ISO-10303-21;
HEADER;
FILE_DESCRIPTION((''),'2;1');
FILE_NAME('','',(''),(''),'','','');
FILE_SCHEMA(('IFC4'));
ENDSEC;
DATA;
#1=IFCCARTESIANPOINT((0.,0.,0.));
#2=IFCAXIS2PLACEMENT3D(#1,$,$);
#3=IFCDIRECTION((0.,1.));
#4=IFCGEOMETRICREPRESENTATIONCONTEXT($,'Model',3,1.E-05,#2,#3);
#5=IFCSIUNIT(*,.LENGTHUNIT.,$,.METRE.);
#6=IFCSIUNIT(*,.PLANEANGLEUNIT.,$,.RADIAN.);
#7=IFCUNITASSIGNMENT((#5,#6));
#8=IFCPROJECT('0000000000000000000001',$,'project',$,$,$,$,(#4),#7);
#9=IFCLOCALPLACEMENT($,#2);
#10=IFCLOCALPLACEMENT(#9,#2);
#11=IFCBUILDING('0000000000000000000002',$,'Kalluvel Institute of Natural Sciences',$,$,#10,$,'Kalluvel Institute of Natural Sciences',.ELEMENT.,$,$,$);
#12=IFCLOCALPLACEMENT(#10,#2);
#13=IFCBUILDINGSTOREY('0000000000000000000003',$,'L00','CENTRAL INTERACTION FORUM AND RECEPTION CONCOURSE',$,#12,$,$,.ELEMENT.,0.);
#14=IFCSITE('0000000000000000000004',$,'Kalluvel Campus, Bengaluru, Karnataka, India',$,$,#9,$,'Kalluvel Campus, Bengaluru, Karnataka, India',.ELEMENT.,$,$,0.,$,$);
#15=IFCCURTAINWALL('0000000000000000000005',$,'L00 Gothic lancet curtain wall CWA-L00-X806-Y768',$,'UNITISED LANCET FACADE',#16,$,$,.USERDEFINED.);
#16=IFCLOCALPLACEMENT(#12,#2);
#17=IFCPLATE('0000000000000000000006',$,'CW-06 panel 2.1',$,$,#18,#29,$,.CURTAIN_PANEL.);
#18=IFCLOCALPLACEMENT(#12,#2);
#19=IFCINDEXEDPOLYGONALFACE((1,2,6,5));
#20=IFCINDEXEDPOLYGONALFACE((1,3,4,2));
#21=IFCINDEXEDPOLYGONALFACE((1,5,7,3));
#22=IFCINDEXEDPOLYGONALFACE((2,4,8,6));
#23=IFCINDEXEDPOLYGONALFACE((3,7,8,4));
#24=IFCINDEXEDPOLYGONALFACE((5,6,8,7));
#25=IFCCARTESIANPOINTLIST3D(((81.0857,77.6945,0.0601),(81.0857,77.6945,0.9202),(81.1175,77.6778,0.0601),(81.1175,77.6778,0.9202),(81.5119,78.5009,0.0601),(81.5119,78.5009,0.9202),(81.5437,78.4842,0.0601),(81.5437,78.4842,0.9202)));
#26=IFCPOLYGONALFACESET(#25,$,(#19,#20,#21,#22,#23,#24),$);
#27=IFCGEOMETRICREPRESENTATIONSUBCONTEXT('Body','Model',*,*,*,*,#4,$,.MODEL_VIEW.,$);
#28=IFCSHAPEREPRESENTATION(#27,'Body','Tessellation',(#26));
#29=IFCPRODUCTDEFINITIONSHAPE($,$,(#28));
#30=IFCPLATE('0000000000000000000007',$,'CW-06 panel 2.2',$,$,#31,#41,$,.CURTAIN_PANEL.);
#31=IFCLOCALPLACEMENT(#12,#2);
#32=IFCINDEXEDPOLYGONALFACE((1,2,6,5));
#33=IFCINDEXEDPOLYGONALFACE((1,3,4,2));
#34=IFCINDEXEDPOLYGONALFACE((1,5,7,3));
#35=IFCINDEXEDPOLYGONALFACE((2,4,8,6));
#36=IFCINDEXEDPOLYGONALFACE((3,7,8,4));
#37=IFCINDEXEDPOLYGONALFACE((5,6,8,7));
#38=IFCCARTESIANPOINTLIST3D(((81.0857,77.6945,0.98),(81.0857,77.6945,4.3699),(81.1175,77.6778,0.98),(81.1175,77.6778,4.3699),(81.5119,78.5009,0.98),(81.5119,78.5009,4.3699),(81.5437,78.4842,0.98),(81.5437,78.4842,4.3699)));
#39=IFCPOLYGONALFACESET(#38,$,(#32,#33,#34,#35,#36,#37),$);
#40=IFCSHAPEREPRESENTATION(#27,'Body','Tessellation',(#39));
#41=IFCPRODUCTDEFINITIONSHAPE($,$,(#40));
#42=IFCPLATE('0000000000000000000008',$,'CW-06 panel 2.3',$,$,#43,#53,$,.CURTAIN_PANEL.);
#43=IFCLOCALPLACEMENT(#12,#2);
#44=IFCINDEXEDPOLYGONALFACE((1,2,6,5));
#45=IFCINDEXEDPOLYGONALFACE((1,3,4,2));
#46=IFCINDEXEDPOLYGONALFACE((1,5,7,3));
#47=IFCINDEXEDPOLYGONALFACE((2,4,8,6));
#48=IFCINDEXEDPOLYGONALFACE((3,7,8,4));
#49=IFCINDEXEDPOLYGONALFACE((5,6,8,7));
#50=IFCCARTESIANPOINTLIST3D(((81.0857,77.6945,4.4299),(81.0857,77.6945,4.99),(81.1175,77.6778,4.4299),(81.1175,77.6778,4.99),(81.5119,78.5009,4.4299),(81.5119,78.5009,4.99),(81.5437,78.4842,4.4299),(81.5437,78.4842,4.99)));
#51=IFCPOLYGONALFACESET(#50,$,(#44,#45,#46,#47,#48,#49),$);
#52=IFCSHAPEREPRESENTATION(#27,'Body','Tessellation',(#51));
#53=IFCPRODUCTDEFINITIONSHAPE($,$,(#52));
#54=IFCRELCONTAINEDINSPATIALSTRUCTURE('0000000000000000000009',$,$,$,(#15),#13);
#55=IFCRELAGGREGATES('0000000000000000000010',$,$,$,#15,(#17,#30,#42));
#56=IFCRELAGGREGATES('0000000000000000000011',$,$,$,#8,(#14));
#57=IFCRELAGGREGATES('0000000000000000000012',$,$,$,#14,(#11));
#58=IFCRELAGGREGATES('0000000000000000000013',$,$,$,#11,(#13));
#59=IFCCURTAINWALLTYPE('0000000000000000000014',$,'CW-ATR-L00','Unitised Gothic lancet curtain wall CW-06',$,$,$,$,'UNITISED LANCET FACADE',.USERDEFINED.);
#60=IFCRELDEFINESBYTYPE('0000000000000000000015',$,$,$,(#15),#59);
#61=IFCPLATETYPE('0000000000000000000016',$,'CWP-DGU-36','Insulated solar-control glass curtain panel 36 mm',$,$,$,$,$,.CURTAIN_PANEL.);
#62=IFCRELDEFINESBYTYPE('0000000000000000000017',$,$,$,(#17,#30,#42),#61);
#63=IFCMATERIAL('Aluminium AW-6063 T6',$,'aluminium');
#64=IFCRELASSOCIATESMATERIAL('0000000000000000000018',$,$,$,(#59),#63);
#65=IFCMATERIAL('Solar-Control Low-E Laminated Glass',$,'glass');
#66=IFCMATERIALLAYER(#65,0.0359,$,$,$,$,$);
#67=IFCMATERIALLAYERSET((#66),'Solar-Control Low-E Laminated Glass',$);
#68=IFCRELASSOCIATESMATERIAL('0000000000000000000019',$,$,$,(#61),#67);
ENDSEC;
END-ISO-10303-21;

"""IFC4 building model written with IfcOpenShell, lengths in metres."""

from ifc_helpers import new_model, si_unit, direction, frame, origin, origin_2d, place, context, subcontext, project, spatial, rectangle, extrude, material, layer, layer_set, type_object, element, aggregate, save


model = new_model("IFC4")

# Units and contexts
model_context = context("Model", 3, precision=1e-05, world=origin(), true_north=direction((0.0, 1.0)))
body_context = subcontext(model_context, "Body", "Model", "MODEL_VIEW")
ifc_project = project(units=[si_unit("LENGTHUNIT", "METRE"), si_unit("PLANEANGLEUNIT", "RADIAN")], contexts=[model_context])

# Site, building, storey
site_placement = place(None, origin())
site = spatial("IfcSite", under=ifc_project, at=site_placement, Name="Kalluvel Campus, Bengaluru, Karnataka, India", LongName="Kalluvel Campus, Bengaluru, Karnataka, India", CompositionType="ELEMENT", RefElevation=0.0)
building_placement = place(site_placement, origin())
building = spatial("IfcBuilding", under=site, at=building_placement, Name="Kalluvel Institute of Natural Sciences", LongName="Kalluvel Institute of Natural Sciences", CompositionType="ELEMENT")
storey_placement = place(building_placement, origin())
storey = spatial("IfcBuildingStorey", under=building, at=storey_placement, Name="L00", Description="CENTRAL INTERACTION FORUM AND RECEPTION CONCOURSE", CompositionType="ELEMENT", Elevation=0.0)

# Shared definitions
ifc_material_1 = material(Name="Aluminium AW-6063 T6", Category="aluminium")
curtain_wall_type = type_object("IfcCurtainWallType", Name="CW-ATR-L00", Description="Unitised Gothic lancet curtain wall CW-06", ElementType="UNITISED LANCET FACADE", PredefinedType="USERDEFINED", material=ifc_material_1)

# Curtain wall
curtain_wall_1_placement = place(storey_placement, origin())
curtain_wall_1 = element("IfcCurtainWall", 1, at=curtain_wall_1_placement, inside=storey, type_object=curtain_wall_type, Name="L00 Gothic lancet curtain wall CWA-L00-X806-Y768", ObjectType="UNITISED LANCET FACADE", PredefinedType="USERDEFINED")

# Plates
ifc_material_2 = material(Name="Solar-Control Low-E Laminated Glass", Category="glass")
ifc_layer = layer(ifc_material_2, 0.0359)
ifc_layer_set = layer_set([ifc_layer], Name="Solar-Control Low-E Laminated Glass")
plate_type = type_object("IfcPlateType", Name="CWP-DGU-36", Description="Insulated solar-control glass curtain panel 36 mm", PredefinedType="CURTAIN_PANEL", material=ifc_layer_set)
plate_1_placement = place(storey_placement, frame((81.3147, 78.0894, 0.0601), z_axis=(0.0, 0.0, 1.0), x_axis=(0.467281, 0.884109, 0.0)))
plate_1 = element("IfcPlate", 2, at=plate_1_placement, type_object=plate_type, Name="CW-06 panel 2.1", PredefinedType="CURTAIN_PANEL", context=body_context, shape_type="SweptSolid", body=[
    extrude(rectangle(XDim=0.9121, YDim=0.0359, at=origin_2d()), origin(), (0.0, 0.0, 1.0), 0.8601),
])
plate_2_placement = place(storey_placement, frame((81.3147, 78.0894, 0.98), z_axis=(0.0, 0.0, 1.0), x_axis=(0.467281, 0.884109, 0.0)))
plate_2 = element("IfcPlate", 3, at=plate_2_placement, type_object=plate_type, Name="CW-06 panel 2.2", PredefinedType="CURTAIN_PANEL", context=body_context, shape_type="SweptSolid", body=[
    extrude(rectangle(XDim=0.9121, YDim=0.0359, at=origin_2d()), origin(), (0.0, 0.0, 1.0), 3.3899),
])
plate_3_placement = place(storey_placement, frame((81.3147, 78.0894, 4.4299), z_axis=(0.0, 0.0, 1.0), x_axis=(0.467281, 0.884109, 0.0)))
plate_3 = element("IfcPlate", 4, at=plate_3_placement, type_object=plate_type, Name="CW-06 panel 2.3", PredefinedType="CURTAIN_PANEL", context=body_context, shape_type="SweptSolid", body=[
    extrude(rectangle(XDim=0.9121, YDim=0.0359, at=origin_2d()), origin(), (0.0, 0.0, 1.0), 0.5601),
])
aggregate(curtain_wall_1, [plate_1, plate_2, plate_3])

save(model, "model.ifc")
